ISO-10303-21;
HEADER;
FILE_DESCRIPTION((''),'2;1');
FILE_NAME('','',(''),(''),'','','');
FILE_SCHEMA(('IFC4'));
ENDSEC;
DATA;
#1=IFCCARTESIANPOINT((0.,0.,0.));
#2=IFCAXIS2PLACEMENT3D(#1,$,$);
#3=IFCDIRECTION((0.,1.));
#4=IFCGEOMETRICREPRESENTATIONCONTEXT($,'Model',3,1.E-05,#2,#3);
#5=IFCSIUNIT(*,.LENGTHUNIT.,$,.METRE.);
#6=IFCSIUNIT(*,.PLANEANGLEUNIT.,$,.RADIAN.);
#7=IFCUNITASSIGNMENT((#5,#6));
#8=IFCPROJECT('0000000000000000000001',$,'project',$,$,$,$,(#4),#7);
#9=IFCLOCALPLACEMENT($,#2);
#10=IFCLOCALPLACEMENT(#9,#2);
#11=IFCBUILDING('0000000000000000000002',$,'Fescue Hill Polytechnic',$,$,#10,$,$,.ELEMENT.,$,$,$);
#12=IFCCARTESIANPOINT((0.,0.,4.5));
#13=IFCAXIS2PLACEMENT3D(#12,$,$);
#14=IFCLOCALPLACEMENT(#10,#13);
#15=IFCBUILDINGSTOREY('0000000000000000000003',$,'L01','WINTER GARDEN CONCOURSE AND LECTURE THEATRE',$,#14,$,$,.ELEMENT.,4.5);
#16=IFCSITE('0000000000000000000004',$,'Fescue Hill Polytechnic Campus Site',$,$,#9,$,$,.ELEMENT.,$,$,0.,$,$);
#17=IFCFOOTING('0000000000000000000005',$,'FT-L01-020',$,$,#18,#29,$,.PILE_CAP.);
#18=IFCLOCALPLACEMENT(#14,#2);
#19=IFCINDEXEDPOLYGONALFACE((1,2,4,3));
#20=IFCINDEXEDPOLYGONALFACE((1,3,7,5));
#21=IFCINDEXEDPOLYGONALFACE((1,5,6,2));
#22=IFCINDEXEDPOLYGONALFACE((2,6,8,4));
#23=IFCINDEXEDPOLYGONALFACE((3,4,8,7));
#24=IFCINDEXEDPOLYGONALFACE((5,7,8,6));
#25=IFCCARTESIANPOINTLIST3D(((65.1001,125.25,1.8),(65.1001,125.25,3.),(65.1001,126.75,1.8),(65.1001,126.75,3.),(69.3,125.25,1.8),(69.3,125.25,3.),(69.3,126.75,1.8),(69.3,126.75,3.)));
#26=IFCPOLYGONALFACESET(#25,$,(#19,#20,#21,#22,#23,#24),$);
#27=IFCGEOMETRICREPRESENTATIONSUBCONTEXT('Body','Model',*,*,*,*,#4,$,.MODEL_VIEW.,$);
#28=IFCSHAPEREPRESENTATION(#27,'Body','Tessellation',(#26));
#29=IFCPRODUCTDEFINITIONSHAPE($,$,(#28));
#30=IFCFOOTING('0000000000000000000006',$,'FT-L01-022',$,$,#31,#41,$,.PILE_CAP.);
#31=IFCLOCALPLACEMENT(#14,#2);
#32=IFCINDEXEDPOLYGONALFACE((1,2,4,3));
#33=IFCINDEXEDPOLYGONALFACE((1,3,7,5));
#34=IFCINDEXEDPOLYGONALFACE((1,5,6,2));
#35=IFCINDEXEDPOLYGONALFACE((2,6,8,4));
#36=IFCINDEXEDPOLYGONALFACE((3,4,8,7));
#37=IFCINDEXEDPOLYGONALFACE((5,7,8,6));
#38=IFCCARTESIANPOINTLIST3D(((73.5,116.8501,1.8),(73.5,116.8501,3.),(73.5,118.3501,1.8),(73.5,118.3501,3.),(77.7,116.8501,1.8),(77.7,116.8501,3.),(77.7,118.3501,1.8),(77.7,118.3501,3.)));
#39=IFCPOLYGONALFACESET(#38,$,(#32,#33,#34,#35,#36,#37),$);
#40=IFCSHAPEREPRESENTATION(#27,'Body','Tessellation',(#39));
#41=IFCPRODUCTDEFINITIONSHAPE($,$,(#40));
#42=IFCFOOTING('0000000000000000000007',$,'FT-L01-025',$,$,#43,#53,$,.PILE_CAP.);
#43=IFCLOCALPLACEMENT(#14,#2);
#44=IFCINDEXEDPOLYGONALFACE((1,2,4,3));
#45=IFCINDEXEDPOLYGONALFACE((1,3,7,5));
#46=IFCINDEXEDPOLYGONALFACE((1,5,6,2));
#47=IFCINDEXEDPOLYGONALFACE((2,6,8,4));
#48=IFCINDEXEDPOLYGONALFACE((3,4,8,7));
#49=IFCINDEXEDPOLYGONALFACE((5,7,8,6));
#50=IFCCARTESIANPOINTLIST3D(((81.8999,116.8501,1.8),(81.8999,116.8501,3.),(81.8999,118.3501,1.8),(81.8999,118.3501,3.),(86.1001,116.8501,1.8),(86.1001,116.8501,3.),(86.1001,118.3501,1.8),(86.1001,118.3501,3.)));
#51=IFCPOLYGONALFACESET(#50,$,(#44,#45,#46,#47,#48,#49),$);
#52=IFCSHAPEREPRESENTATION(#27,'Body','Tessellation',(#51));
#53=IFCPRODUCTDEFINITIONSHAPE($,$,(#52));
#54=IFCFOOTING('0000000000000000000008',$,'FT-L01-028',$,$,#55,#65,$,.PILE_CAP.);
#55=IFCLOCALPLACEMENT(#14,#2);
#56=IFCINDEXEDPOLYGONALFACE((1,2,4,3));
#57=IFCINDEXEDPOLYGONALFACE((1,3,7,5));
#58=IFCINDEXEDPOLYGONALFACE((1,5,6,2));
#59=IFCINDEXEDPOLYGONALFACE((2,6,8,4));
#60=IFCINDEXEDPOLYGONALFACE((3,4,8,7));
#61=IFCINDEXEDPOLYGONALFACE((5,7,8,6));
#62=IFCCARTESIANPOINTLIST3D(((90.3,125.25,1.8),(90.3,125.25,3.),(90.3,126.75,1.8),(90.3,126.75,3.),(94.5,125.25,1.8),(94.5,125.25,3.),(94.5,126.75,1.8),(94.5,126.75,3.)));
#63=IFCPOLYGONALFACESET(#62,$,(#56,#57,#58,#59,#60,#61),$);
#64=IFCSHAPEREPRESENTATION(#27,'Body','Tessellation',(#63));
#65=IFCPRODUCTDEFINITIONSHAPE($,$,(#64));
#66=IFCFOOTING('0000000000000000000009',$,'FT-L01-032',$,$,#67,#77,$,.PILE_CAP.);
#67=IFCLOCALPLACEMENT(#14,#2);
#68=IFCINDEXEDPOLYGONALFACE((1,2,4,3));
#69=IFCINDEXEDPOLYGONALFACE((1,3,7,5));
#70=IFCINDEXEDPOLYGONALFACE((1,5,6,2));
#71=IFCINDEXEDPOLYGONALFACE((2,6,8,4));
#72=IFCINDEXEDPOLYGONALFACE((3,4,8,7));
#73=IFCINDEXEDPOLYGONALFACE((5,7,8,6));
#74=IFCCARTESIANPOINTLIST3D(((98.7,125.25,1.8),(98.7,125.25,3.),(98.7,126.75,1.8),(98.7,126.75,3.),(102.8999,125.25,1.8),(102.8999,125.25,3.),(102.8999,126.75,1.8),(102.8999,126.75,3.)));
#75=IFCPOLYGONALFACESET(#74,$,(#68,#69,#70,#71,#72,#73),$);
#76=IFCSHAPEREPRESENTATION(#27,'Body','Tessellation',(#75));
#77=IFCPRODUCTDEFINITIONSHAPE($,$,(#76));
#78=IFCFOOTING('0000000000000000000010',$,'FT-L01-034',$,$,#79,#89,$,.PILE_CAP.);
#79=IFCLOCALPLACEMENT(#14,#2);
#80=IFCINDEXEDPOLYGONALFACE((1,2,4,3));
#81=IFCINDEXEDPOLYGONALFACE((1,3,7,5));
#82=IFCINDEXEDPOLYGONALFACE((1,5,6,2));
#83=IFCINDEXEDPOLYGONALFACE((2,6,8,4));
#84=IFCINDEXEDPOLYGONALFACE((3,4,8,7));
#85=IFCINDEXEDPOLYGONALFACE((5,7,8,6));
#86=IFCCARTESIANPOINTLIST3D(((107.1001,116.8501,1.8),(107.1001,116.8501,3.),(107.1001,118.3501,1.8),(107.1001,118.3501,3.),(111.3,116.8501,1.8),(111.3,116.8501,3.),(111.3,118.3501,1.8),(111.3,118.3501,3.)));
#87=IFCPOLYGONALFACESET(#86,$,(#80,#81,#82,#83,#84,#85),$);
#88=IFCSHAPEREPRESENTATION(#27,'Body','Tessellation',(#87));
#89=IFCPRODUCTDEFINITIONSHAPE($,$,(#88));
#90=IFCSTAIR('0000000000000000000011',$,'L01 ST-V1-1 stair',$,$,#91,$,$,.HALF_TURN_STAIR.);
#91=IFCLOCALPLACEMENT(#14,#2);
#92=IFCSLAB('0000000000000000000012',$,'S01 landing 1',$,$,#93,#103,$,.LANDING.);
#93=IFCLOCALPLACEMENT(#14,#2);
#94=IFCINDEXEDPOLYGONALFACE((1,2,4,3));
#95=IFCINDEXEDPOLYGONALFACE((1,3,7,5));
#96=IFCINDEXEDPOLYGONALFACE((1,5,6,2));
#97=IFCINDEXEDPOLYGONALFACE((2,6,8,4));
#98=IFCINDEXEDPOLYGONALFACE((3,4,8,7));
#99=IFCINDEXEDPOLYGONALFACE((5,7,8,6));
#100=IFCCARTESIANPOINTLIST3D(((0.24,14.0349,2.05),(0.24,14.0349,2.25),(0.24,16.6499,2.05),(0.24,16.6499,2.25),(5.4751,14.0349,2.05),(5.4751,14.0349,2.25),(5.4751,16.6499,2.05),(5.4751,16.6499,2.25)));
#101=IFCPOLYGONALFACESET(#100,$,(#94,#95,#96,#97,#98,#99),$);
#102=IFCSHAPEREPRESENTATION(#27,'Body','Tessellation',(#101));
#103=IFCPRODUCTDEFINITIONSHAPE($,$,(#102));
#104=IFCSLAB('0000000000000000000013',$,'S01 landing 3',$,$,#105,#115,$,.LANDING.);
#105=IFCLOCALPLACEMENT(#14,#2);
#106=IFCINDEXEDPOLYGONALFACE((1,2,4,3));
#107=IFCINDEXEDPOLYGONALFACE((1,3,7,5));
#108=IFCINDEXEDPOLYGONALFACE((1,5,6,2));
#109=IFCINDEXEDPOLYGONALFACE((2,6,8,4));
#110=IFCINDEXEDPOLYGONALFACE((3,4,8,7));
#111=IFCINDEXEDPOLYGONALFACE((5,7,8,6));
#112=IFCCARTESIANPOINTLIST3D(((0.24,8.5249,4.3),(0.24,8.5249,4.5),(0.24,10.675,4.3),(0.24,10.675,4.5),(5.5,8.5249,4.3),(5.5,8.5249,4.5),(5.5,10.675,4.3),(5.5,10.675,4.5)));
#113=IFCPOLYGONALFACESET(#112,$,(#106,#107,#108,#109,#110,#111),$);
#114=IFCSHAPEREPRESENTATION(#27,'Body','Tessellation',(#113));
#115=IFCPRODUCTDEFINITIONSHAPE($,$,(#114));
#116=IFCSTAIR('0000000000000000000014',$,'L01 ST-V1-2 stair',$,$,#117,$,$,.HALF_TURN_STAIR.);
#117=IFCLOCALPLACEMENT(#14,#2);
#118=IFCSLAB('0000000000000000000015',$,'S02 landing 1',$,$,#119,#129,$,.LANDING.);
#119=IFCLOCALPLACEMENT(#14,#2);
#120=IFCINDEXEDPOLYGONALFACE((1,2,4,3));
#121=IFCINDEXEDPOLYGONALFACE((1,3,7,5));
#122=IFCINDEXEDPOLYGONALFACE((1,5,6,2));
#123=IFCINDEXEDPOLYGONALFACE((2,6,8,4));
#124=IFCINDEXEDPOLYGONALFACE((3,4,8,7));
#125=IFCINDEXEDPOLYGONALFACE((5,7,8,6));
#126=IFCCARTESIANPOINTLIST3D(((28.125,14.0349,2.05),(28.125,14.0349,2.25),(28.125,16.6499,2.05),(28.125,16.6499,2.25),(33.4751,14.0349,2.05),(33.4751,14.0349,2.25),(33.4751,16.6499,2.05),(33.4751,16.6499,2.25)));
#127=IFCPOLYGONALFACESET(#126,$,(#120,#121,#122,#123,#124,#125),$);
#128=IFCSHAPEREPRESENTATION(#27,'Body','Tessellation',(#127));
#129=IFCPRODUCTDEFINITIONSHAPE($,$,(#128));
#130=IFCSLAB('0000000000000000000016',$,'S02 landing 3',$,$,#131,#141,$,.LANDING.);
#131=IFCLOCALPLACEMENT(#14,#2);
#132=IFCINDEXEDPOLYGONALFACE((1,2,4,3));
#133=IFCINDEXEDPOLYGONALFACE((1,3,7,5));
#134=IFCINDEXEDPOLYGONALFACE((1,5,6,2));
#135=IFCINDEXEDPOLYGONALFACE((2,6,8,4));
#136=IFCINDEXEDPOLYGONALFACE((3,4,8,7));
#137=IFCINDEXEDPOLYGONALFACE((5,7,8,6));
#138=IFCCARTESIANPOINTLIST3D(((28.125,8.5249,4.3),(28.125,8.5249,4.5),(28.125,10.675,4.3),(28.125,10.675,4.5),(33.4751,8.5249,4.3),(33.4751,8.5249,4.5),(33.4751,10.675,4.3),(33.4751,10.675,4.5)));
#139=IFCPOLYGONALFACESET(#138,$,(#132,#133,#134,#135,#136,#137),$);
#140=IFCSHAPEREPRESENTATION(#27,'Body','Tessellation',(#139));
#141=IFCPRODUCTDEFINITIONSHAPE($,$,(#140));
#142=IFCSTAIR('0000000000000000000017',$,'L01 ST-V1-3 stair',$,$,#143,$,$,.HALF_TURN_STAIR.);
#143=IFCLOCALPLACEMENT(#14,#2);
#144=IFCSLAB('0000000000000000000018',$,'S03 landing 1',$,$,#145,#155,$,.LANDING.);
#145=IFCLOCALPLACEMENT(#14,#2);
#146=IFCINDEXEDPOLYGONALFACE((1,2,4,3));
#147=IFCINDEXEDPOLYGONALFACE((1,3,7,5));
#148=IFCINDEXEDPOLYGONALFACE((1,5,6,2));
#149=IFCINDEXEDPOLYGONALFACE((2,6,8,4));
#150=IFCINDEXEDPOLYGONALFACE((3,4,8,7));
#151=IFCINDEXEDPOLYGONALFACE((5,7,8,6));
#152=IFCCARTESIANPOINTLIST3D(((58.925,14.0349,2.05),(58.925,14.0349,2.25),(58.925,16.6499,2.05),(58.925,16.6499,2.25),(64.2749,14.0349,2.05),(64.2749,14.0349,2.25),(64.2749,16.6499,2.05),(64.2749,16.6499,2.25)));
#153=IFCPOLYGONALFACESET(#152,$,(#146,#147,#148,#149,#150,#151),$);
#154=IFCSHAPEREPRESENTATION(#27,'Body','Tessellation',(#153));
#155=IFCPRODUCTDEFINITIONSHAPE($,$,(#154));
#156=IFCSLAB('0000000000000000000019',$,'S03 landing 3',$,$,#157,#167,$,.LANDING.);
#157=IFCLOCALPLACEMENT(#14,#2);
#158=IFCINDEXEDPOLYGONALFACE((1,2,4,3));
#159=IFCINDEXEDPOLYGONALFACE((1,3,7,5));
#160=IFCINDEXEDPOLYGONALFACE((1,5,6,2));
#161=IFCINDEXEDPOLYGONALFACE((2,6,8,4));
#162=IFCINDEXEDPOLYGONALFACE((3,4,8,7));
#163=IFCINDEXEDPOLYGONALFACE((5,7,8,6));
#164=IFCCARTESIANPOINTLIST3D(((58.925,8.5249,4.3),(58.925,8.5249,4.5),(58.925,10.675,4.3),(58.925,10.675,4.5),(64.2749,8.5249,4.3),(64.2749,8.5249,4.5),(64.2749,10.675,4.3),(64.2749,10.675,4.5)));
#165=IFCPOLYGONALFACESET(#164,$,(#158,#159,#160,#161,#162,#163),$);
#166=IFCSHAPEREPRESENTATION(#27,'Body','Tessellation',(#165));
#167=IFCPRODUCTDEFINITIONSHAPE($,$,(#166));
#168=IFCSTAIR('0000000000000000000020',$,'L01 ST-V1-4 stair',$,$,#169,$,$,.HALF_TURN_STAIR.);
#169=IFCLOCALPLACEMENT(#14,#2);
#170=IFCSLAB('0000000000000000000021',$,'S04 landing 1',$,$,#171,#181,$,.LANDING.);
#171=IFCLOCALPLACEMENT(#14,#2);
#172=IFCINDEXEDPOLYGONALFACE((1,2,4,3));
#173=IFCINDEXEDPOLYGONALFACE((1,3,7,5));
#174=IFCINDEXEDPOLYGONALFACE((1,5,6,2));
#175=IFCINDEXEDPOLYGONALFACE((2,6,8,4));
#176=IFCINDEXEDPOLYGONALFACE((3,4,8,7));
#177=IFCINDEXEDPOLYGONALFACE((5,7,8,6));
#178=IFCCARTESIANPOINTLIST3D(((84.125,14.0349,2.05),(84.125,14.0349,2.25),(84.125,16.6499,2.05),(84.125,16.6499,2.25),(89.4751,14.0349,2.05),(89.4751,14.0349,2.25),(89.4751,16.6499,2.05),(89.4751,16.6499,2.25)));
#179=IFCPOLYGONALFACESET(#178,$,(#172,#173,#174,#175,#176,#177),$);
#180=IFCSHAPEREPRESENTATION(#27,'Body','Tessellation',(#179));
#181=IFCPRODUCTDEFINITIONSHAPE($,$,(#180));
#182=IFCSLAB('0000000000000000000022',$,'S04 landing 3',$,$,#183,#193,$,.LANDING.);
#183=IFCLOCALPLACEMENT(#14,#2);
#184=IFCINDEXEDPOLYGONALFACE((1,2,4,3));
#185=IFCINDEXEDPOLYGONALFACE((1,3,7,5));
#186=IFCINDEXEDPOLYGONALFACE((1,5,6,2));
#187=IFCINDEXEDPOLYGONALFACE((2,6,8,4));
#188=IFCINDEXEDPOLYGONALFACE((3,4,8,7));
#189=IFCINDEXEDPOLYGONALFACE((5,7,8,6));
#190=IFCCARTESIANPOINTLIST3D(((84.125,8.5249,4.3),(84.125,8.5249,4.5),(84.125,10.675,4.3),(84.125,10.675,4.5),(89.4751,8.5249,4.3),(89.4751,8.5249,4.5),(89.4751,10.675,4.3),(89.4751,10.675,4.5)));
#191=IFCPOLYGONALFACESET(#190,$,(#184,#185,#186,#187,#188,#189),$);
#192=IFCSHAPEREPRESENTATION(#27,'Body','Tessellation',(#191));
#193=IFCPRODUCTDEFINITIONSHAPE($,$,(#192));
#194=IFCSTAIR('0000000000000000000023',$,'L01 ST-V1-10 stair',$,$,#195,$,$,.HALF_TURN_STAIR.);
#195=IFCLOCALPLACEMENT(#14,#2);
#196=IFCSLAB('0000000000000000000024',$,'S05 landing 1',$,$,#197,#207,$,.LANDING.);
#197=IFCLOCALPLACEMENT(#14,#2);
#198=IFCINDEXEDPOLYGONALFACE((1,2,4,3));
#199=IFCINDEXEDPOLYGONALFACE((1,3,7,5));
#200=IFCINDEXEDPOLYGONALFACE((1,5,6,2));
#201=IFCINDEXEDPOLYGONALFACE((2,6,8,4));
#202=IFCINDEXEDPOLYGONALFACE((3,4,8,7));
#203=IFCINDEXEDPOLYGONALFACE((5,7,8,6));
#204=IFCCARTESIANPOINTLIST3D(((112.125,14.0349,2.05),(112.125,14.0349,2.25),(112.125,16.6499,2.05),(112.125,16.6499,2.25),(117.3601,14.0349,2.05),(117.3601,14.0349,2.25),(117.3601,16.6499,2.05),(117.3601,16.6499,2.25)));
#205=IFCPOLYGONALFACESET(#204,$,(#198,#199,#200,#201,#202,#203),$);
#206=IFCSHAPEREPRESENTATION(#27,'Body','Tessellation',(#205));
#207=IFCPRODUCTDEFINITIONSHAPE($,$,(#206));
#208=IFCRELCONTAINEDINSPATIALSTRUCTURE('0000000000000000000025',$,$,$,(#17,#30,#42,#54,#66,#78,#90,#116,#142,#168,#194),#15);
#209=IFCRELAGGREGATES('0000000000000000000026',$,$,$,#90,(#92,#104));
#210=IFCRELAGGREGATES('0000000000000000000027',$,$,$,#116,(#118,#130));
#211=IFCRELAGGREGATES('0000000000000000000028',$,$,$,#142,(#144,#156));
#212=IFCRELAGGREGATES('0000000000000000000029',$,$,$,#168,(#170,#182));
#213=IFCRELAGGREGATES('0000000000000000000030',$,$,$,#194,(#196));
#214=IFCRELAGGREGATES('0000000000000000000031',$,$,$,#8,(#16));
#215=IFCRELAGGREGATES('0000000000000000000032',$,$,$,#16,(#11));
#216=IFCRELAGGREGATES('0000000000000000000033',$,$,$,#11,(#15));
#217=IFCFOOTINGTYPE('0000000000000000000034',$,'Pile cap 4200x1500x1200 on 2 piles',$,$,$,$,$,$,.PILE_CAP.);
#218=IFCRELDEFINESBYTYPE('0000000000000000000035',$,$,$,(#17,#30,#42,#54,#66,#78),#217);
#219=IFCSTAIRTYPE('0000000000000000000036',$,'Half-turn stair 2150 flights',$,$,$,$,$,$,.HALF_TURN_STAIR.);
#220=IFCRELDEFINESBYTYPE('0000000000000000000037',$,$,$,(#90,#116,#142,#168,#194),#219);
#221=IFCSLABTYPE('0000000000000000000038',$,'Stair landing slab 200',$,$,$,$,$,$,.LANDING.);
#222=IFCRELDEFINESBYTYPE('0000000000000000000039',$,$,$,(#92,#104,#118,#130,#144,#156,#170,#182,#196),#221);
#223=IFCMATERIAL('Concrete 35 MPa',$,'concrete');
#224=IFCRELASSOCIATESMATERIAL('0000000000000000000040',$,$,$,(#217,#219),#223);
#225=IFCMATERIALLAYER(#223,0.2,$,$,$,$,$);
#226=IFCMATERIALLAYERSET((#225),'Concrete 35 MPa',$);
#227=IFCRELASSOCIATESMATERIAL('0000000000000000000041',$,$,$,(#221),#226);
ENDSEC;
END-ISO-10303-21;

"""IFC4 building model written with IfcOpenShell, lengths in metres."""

from ifc_helpers import new_model, si_unit, direction, frame, origin, place, context, subcontext, project, spatial, polyline, outline, extrude, material, layer, layer_set, type_object, element, aggregate, save


model = new_model("IFC4")

# Units and contexts
model_context = context("Model", 3, precision=1e-05, world=origin(), true_north=direction((0.0, 1.0)))
body_context = subcontext(model_context, "Body", "Model", "MODEL_VIEW")
ifc_project = project(units=[si_unit("LENGTHUNIT", "METRE"), si_unit("PLANEANGLEUNIT", "RADIAN")], contexts=[model_context])

# Site, building, storey
site_placement = place(None, origin())
site = spatial("IfcSite", under=ifc_project, at=site_placement, Name="Fescue Hill Polytechnic Campus Site", CompositionType="ELEMENT", RefElevation=0.0)
building_placement = place(site_placement, origin())
building = spatial("IfcBuilding", under=site, at=building_placement, Name="Fescue Hill Polytechnic", CompositionType="ELEMENT")
storey_placement = place(building_placement, frame((0.0, 0.0, 4.5)))
storey = spatial("IfcBuildingStorey", under=building, at=storey_placement, Name="L01", Description="WINTER GARDEN CONCOURSE AND LECTURE THEATRE", CompositionType="ELEMENT", Elevation=4.5)

# Footings
ifc_material_1 = material(Name="Concrete 35 MPa", Category="concrete")
footing_type_1 = type_object("IfcFootingType", Name="Pile cap 4200x1500x1200 on 2 piles", PredefinedType="PILE_CAP", material=ifc_material_1)
footing_1_placement = place(storey_placement, frame((0.0, 0.0, 1.8)))
element("IfcFooting", 1, at=footing_1_placement, inside=storey, type_object=footing_type_1, Name="FT-L01-020", PredefinedType="PILE_CAP", context=body_context, shape_type="SweptSolid", body=[
    extrude(outline(polyline([(69.3, 125.25), (69.3, 126.75), (65.1001, 126.75), (65.1001, 125.25), (69.3, 125.25)])), origin(), (0.0, 0.0, 1.0), 1.2),
])
footing_2_placement = place(storey_placement, frame((0.0, 0.0, 1.8)))
element("IfcFooting", 2, at=footing_2_placement, inside=storey, type_object=footing_type_1, Name="FT-L01-022", PredefinedType="PILE_CAP", context=body_context, shape_type="SweptSolid", body=[
    extrude(outline(polyline([(77.7, 116.8501), (77.7, 118.3501), (73.5, 118.3501), (73.5, 116.8501), (77.7, 116.8501)])), origin(), (0.0, 0.0, 1.0), 1.2),
])
footing_3_placement = place(storey_placement, frame((0.0, 0.0, 1.8)))
element("IfcFooting", 3, at=footing_3_placement, inside=storey, type_object=footing_type_1, Name="FT-L01-025", PredefinedType="PILE_CAP", context=body_context, shape_type="SweptSolid", body=[
    extrude(outline(polyline([(86.1001, 116.8501), (86.1001, 118.3501), (81.8999, 118.3501), (81.8999, 116.8501), (86.1001, 116.8501)])), origin(), (0.0, 0.0, 1.0), 1.2),
])
footing_4_placement = place(storey_placement, frame((0.0, 0.0, 1.8)))
element("IfcFooting", 4, at=footing_4_placement, inside=storey, type_object=footing_type_1, Name="FT-L01-028", PredefinedType="PILE_CAP", context=body_context, shape_type="SweptSolid", body=[
    extrude(outline(polyline([(94.5, 125.25), (94.5, 126.75), (90.3, 126.75), (90.3, 125.25), (94.5, 125.25)])), origin(), (0.0, 0.0, 1.0), 1.2),
])
footing_5_placement = place(storey_placement, frame((0.0, 0.0, 1.8)))
element("IfcFooting", 5, at=footing_5_placement, inside=storey, type_object=footing_type_1, Name="FT-L01-032", PredefinedType="PILE_CAP", context=body_context, shape_type="SweptSolid", body=[
    extrude(outline(polyline([(102.8999, 125.25), (102.8999, 126.75), (98.7, 126.75), (98.7, 125.25), (102.8999, 125.25)])), origin(), (0.0, 0.0, 1.0), 1.2),
])
footing_6_placement = place(storey_placement, frame((0.0, 0.0, 1.8)))
element("IfcFooting", 6, at=footing_6_placement, inside=storey, type_object=footing_type_1, Name="FT-L01-034", PredefinedType="PILE_CAP", context=body_context, shape_type="SweptSolid", body=[
    extrude(outline(polyline([(111.3, 116.8501), (111.3, 118.3501), (107.1001, 118.3501), (107.1001, 116.8501), (111.3, 116.8501)])), origin(), (0.0, 0.0, 1.0), 1.2),
])

# Stairs, slabs
stair_type = type_object("IfcStairType", Name="Half-turn stair 2150 flights", PredefinedType="HALF_TURN_STAIR", material=ifc_material_1)
stair_1_placement = place(storey_placement, origin())
stair_1 = element("IfcStair", 7, at=stair_1_placement, inside=storey, type_object=stair_type, Name="L01 ST-V1-1 stair", PredefinedType="HALF_TURN_STAIR")
ifc_layer_1 = layer(ifc_material_1, 0.2)
ifc_layer_set_1 = layer_set([ifc_layer_1], Name="Concrete 35 MPa")
slab_type = type_object("IfcSlabType", Name="Stair landing slab 200", PredefinedType="LANDING", material=ifc_layer_set_1)
slab_1_placement = place(storey_placement, frame((0.0, 0.0, 2.05)))
slab_1 = element("IfcSlab", 8, at=slab_1_placement, type_object=slab_type, Name="S01 landing 1", PredefinedType="LANDING", context=body_context, shape_type="SweptSolid", body=[
    extrude(outline(polyline([(0.24, 14.0349), (5.4751, 14.0349), (5.4751, 16.6499), (0.24, 16.6499), (0.24, 14.0349)])), origin(), (0.0, 0.0, 1.0), 0.2),
])
slab_2_placement = place(storey_placement, frame((0.0, 0.0, 4.3)))
slab_2 = element("IfcSlab", 9, at=slab_2_placement, type_object=slab_type, Name="S01 landing 3", PredefinedType="LANDING", context=body_context, shape_type="SweptSolid", body=[
    extrude(outline(polyline([(0.24, 8.5249), (5.5, 8.5249), (5.5, 10.675), (0.24, 10.675), (0.24, 8.5249)])), origin(), (0.0, 0.0, 1.0), 0.2),
])
aggregate(stair_1, [slab_1, slab_2])
stair_2_placement = place(storey_placement, origin())
stair_2 = element("IfcStair", 10, at=stair_2_placement, inside=storey, type_object=stair_type, Name="L01 ST-V1-2 stair", PredefinedType="HALF_TURN_STAIR")
slab_3_placement = place(storey_placement, frame((0.0, 0.0, 2.05)))
slab_3 = element("IfcSlab", 11, at=slab_3_placement, type_object=slab_type, Name="S02 landing 1", PredefinedType="LANDING", context=body_context, shape_type="SweptSolid", body=[
    extrude(outline(polyline([(28.125, 14.0349), (33.4751, 14.0349), (33.4751, 16.6499), (28.125, 16.6499), (28.125, 14.0349)])), origin(), (0.0, 0.0, 1.0), 0.2),
])
slab_4_placement = place(storey_placement, frame((0.0, 0.0, 4.3)))
slab_4 = element("IfcSlab", 12, at=slab_4_placement, type_object=slab_type, Name="S02 landing 3", PredefinedType="LANDING", context=body_context, shape_type="SweptSolid", body=[
    extrude(outline(polyline([(28.125, 8.5249), (33.4751, 8.5249), (33.4751, 10.675), (28.125, 10.675), (28.125, 8.5249)])), origin(), (0.0, 0.0, 1.0), 0.2),
])
aggregate(stair_2, [slab_3, slab_4])
stair_3_placement = place(storey_placement, origin())
stair_3 = element("IfcStair", 13, at=stair_3_placement, inside=storey, type_object=stair_type, Name="L01 ST-V1-3 stair", PredefinedType="HALF_TURN_STAIR")
slab_5_placement = place(storey_placement, frame((0.0, 0.0, 2.05)))
slab_5 = element("IfcSlab", 14, at=slab_5_placement, type_object=slab_type, Name="S03 landing 1", PredefinedType="LANDING", context=body_context, shape_type="SweptSolid", body=[
    extrude(outline(polyline([(58.925, 14.0349), (64.2749, 14.0349), (64.2749, 16.6499), (58.925, 16.6499), (58.925, 14.0349)])), origin(), (0.0, 0.0, 1.0), 0.2),
])
slab_6_placement = place(storey_placement, frame((0.0, 0.0, 4.3)))
slab_6 = element("IfcSlab", 15, at=slab_6_placement, type_object=slab_type, Name="S03 landing 3", PredefinedType="LANDING", context=body_context, shape_type="SweptSolid", body=[
    extrude(outline(polyline([(58.925, 8.5249), (64.2749, 8.5249), (64.2749, 10.675), (58.925, 10.675), (58.925, 8.5249)])), origin(), (0.0, 0.0, 1.0), 0.2),
])
aggregate(stair_3, [slab_5, slab_6])
stair_4_placement = place(storey_placement, origin())
stair_4 = element("IfcStair", 16, at=stair_4_placement, inside=storey, type_object=stair_type, Name="L01 ST-V1-4 stair", PredefinedType="HALF_TURN_STAIR")
slab_7_placement = place(storey_placement, frame((0.0, 0.0, 2.05)))
slab_7 = element("IfcSlab", 17, at=slab_7_placement, type_object=slab_type, Name="S04 landing 1", PredefinedType="LANDING", context=body_context, shape_type="SweptSolid", body=[
    extrude(outline(polyline([(84.125, 14.0349), (89.4751, 14.0349), (89.4751, 16.6499), (84.125, 16.6499), (84.125, 14.0349)])), origin(), (0.0, 0.0, 1.0), 0.2),
])
slab_8_placement = place(storey_placement, frame((0.0, 0.0, 4.3)))
slab_8 = element("IfcSlab", 18, at=slab_8_placement, type_object=slab_type, Name="S04 landing 3", PredefinedType="LANDING", context=body_context, shape_type="SweptSolid", body=[
    extrude(outline(polyline([(84.125, 8.5249), (89.4751, 8.5249), (89.4751, 10.675), (84.125, 10.675), (84.125, 8.5249)])), origin(), (0.0, 0.0, 1.0), 0.2),
])
aggregate(stair_4, [slab_7, slab_8])
stair_5_placement = place(storey_placement, origin())
stair_5 = element("IfcStair", 19, at=stair_5_placement, inside=storey, type_object=stair_type, Name="L01 ST-V1-10 stair", PredefinedType="HALF_TURN_STAIR")
slab_9_placement = place(storey_placement, frame((0.0, 0.0, 2.05)))
slab_9 = element("IfcSlab", 20, at=slab_9_placement, type_object=slab_type, Name="S05 landing 1", PredefinedType="LANDING", context=body_context, shape_type="SweptSolid", body=[
    extrude(outline(polyline([(112.125, 14.0349), (117.3601, 14.0349), (117.3601, 16.6499), (112.125, 16.6499), (112.125, 14.0349)])), origin(), (0.0, 0.0, 1.0), 0.2),
])
aggregate(stair_5, [slab_9])

save(model, "model.ifc")
